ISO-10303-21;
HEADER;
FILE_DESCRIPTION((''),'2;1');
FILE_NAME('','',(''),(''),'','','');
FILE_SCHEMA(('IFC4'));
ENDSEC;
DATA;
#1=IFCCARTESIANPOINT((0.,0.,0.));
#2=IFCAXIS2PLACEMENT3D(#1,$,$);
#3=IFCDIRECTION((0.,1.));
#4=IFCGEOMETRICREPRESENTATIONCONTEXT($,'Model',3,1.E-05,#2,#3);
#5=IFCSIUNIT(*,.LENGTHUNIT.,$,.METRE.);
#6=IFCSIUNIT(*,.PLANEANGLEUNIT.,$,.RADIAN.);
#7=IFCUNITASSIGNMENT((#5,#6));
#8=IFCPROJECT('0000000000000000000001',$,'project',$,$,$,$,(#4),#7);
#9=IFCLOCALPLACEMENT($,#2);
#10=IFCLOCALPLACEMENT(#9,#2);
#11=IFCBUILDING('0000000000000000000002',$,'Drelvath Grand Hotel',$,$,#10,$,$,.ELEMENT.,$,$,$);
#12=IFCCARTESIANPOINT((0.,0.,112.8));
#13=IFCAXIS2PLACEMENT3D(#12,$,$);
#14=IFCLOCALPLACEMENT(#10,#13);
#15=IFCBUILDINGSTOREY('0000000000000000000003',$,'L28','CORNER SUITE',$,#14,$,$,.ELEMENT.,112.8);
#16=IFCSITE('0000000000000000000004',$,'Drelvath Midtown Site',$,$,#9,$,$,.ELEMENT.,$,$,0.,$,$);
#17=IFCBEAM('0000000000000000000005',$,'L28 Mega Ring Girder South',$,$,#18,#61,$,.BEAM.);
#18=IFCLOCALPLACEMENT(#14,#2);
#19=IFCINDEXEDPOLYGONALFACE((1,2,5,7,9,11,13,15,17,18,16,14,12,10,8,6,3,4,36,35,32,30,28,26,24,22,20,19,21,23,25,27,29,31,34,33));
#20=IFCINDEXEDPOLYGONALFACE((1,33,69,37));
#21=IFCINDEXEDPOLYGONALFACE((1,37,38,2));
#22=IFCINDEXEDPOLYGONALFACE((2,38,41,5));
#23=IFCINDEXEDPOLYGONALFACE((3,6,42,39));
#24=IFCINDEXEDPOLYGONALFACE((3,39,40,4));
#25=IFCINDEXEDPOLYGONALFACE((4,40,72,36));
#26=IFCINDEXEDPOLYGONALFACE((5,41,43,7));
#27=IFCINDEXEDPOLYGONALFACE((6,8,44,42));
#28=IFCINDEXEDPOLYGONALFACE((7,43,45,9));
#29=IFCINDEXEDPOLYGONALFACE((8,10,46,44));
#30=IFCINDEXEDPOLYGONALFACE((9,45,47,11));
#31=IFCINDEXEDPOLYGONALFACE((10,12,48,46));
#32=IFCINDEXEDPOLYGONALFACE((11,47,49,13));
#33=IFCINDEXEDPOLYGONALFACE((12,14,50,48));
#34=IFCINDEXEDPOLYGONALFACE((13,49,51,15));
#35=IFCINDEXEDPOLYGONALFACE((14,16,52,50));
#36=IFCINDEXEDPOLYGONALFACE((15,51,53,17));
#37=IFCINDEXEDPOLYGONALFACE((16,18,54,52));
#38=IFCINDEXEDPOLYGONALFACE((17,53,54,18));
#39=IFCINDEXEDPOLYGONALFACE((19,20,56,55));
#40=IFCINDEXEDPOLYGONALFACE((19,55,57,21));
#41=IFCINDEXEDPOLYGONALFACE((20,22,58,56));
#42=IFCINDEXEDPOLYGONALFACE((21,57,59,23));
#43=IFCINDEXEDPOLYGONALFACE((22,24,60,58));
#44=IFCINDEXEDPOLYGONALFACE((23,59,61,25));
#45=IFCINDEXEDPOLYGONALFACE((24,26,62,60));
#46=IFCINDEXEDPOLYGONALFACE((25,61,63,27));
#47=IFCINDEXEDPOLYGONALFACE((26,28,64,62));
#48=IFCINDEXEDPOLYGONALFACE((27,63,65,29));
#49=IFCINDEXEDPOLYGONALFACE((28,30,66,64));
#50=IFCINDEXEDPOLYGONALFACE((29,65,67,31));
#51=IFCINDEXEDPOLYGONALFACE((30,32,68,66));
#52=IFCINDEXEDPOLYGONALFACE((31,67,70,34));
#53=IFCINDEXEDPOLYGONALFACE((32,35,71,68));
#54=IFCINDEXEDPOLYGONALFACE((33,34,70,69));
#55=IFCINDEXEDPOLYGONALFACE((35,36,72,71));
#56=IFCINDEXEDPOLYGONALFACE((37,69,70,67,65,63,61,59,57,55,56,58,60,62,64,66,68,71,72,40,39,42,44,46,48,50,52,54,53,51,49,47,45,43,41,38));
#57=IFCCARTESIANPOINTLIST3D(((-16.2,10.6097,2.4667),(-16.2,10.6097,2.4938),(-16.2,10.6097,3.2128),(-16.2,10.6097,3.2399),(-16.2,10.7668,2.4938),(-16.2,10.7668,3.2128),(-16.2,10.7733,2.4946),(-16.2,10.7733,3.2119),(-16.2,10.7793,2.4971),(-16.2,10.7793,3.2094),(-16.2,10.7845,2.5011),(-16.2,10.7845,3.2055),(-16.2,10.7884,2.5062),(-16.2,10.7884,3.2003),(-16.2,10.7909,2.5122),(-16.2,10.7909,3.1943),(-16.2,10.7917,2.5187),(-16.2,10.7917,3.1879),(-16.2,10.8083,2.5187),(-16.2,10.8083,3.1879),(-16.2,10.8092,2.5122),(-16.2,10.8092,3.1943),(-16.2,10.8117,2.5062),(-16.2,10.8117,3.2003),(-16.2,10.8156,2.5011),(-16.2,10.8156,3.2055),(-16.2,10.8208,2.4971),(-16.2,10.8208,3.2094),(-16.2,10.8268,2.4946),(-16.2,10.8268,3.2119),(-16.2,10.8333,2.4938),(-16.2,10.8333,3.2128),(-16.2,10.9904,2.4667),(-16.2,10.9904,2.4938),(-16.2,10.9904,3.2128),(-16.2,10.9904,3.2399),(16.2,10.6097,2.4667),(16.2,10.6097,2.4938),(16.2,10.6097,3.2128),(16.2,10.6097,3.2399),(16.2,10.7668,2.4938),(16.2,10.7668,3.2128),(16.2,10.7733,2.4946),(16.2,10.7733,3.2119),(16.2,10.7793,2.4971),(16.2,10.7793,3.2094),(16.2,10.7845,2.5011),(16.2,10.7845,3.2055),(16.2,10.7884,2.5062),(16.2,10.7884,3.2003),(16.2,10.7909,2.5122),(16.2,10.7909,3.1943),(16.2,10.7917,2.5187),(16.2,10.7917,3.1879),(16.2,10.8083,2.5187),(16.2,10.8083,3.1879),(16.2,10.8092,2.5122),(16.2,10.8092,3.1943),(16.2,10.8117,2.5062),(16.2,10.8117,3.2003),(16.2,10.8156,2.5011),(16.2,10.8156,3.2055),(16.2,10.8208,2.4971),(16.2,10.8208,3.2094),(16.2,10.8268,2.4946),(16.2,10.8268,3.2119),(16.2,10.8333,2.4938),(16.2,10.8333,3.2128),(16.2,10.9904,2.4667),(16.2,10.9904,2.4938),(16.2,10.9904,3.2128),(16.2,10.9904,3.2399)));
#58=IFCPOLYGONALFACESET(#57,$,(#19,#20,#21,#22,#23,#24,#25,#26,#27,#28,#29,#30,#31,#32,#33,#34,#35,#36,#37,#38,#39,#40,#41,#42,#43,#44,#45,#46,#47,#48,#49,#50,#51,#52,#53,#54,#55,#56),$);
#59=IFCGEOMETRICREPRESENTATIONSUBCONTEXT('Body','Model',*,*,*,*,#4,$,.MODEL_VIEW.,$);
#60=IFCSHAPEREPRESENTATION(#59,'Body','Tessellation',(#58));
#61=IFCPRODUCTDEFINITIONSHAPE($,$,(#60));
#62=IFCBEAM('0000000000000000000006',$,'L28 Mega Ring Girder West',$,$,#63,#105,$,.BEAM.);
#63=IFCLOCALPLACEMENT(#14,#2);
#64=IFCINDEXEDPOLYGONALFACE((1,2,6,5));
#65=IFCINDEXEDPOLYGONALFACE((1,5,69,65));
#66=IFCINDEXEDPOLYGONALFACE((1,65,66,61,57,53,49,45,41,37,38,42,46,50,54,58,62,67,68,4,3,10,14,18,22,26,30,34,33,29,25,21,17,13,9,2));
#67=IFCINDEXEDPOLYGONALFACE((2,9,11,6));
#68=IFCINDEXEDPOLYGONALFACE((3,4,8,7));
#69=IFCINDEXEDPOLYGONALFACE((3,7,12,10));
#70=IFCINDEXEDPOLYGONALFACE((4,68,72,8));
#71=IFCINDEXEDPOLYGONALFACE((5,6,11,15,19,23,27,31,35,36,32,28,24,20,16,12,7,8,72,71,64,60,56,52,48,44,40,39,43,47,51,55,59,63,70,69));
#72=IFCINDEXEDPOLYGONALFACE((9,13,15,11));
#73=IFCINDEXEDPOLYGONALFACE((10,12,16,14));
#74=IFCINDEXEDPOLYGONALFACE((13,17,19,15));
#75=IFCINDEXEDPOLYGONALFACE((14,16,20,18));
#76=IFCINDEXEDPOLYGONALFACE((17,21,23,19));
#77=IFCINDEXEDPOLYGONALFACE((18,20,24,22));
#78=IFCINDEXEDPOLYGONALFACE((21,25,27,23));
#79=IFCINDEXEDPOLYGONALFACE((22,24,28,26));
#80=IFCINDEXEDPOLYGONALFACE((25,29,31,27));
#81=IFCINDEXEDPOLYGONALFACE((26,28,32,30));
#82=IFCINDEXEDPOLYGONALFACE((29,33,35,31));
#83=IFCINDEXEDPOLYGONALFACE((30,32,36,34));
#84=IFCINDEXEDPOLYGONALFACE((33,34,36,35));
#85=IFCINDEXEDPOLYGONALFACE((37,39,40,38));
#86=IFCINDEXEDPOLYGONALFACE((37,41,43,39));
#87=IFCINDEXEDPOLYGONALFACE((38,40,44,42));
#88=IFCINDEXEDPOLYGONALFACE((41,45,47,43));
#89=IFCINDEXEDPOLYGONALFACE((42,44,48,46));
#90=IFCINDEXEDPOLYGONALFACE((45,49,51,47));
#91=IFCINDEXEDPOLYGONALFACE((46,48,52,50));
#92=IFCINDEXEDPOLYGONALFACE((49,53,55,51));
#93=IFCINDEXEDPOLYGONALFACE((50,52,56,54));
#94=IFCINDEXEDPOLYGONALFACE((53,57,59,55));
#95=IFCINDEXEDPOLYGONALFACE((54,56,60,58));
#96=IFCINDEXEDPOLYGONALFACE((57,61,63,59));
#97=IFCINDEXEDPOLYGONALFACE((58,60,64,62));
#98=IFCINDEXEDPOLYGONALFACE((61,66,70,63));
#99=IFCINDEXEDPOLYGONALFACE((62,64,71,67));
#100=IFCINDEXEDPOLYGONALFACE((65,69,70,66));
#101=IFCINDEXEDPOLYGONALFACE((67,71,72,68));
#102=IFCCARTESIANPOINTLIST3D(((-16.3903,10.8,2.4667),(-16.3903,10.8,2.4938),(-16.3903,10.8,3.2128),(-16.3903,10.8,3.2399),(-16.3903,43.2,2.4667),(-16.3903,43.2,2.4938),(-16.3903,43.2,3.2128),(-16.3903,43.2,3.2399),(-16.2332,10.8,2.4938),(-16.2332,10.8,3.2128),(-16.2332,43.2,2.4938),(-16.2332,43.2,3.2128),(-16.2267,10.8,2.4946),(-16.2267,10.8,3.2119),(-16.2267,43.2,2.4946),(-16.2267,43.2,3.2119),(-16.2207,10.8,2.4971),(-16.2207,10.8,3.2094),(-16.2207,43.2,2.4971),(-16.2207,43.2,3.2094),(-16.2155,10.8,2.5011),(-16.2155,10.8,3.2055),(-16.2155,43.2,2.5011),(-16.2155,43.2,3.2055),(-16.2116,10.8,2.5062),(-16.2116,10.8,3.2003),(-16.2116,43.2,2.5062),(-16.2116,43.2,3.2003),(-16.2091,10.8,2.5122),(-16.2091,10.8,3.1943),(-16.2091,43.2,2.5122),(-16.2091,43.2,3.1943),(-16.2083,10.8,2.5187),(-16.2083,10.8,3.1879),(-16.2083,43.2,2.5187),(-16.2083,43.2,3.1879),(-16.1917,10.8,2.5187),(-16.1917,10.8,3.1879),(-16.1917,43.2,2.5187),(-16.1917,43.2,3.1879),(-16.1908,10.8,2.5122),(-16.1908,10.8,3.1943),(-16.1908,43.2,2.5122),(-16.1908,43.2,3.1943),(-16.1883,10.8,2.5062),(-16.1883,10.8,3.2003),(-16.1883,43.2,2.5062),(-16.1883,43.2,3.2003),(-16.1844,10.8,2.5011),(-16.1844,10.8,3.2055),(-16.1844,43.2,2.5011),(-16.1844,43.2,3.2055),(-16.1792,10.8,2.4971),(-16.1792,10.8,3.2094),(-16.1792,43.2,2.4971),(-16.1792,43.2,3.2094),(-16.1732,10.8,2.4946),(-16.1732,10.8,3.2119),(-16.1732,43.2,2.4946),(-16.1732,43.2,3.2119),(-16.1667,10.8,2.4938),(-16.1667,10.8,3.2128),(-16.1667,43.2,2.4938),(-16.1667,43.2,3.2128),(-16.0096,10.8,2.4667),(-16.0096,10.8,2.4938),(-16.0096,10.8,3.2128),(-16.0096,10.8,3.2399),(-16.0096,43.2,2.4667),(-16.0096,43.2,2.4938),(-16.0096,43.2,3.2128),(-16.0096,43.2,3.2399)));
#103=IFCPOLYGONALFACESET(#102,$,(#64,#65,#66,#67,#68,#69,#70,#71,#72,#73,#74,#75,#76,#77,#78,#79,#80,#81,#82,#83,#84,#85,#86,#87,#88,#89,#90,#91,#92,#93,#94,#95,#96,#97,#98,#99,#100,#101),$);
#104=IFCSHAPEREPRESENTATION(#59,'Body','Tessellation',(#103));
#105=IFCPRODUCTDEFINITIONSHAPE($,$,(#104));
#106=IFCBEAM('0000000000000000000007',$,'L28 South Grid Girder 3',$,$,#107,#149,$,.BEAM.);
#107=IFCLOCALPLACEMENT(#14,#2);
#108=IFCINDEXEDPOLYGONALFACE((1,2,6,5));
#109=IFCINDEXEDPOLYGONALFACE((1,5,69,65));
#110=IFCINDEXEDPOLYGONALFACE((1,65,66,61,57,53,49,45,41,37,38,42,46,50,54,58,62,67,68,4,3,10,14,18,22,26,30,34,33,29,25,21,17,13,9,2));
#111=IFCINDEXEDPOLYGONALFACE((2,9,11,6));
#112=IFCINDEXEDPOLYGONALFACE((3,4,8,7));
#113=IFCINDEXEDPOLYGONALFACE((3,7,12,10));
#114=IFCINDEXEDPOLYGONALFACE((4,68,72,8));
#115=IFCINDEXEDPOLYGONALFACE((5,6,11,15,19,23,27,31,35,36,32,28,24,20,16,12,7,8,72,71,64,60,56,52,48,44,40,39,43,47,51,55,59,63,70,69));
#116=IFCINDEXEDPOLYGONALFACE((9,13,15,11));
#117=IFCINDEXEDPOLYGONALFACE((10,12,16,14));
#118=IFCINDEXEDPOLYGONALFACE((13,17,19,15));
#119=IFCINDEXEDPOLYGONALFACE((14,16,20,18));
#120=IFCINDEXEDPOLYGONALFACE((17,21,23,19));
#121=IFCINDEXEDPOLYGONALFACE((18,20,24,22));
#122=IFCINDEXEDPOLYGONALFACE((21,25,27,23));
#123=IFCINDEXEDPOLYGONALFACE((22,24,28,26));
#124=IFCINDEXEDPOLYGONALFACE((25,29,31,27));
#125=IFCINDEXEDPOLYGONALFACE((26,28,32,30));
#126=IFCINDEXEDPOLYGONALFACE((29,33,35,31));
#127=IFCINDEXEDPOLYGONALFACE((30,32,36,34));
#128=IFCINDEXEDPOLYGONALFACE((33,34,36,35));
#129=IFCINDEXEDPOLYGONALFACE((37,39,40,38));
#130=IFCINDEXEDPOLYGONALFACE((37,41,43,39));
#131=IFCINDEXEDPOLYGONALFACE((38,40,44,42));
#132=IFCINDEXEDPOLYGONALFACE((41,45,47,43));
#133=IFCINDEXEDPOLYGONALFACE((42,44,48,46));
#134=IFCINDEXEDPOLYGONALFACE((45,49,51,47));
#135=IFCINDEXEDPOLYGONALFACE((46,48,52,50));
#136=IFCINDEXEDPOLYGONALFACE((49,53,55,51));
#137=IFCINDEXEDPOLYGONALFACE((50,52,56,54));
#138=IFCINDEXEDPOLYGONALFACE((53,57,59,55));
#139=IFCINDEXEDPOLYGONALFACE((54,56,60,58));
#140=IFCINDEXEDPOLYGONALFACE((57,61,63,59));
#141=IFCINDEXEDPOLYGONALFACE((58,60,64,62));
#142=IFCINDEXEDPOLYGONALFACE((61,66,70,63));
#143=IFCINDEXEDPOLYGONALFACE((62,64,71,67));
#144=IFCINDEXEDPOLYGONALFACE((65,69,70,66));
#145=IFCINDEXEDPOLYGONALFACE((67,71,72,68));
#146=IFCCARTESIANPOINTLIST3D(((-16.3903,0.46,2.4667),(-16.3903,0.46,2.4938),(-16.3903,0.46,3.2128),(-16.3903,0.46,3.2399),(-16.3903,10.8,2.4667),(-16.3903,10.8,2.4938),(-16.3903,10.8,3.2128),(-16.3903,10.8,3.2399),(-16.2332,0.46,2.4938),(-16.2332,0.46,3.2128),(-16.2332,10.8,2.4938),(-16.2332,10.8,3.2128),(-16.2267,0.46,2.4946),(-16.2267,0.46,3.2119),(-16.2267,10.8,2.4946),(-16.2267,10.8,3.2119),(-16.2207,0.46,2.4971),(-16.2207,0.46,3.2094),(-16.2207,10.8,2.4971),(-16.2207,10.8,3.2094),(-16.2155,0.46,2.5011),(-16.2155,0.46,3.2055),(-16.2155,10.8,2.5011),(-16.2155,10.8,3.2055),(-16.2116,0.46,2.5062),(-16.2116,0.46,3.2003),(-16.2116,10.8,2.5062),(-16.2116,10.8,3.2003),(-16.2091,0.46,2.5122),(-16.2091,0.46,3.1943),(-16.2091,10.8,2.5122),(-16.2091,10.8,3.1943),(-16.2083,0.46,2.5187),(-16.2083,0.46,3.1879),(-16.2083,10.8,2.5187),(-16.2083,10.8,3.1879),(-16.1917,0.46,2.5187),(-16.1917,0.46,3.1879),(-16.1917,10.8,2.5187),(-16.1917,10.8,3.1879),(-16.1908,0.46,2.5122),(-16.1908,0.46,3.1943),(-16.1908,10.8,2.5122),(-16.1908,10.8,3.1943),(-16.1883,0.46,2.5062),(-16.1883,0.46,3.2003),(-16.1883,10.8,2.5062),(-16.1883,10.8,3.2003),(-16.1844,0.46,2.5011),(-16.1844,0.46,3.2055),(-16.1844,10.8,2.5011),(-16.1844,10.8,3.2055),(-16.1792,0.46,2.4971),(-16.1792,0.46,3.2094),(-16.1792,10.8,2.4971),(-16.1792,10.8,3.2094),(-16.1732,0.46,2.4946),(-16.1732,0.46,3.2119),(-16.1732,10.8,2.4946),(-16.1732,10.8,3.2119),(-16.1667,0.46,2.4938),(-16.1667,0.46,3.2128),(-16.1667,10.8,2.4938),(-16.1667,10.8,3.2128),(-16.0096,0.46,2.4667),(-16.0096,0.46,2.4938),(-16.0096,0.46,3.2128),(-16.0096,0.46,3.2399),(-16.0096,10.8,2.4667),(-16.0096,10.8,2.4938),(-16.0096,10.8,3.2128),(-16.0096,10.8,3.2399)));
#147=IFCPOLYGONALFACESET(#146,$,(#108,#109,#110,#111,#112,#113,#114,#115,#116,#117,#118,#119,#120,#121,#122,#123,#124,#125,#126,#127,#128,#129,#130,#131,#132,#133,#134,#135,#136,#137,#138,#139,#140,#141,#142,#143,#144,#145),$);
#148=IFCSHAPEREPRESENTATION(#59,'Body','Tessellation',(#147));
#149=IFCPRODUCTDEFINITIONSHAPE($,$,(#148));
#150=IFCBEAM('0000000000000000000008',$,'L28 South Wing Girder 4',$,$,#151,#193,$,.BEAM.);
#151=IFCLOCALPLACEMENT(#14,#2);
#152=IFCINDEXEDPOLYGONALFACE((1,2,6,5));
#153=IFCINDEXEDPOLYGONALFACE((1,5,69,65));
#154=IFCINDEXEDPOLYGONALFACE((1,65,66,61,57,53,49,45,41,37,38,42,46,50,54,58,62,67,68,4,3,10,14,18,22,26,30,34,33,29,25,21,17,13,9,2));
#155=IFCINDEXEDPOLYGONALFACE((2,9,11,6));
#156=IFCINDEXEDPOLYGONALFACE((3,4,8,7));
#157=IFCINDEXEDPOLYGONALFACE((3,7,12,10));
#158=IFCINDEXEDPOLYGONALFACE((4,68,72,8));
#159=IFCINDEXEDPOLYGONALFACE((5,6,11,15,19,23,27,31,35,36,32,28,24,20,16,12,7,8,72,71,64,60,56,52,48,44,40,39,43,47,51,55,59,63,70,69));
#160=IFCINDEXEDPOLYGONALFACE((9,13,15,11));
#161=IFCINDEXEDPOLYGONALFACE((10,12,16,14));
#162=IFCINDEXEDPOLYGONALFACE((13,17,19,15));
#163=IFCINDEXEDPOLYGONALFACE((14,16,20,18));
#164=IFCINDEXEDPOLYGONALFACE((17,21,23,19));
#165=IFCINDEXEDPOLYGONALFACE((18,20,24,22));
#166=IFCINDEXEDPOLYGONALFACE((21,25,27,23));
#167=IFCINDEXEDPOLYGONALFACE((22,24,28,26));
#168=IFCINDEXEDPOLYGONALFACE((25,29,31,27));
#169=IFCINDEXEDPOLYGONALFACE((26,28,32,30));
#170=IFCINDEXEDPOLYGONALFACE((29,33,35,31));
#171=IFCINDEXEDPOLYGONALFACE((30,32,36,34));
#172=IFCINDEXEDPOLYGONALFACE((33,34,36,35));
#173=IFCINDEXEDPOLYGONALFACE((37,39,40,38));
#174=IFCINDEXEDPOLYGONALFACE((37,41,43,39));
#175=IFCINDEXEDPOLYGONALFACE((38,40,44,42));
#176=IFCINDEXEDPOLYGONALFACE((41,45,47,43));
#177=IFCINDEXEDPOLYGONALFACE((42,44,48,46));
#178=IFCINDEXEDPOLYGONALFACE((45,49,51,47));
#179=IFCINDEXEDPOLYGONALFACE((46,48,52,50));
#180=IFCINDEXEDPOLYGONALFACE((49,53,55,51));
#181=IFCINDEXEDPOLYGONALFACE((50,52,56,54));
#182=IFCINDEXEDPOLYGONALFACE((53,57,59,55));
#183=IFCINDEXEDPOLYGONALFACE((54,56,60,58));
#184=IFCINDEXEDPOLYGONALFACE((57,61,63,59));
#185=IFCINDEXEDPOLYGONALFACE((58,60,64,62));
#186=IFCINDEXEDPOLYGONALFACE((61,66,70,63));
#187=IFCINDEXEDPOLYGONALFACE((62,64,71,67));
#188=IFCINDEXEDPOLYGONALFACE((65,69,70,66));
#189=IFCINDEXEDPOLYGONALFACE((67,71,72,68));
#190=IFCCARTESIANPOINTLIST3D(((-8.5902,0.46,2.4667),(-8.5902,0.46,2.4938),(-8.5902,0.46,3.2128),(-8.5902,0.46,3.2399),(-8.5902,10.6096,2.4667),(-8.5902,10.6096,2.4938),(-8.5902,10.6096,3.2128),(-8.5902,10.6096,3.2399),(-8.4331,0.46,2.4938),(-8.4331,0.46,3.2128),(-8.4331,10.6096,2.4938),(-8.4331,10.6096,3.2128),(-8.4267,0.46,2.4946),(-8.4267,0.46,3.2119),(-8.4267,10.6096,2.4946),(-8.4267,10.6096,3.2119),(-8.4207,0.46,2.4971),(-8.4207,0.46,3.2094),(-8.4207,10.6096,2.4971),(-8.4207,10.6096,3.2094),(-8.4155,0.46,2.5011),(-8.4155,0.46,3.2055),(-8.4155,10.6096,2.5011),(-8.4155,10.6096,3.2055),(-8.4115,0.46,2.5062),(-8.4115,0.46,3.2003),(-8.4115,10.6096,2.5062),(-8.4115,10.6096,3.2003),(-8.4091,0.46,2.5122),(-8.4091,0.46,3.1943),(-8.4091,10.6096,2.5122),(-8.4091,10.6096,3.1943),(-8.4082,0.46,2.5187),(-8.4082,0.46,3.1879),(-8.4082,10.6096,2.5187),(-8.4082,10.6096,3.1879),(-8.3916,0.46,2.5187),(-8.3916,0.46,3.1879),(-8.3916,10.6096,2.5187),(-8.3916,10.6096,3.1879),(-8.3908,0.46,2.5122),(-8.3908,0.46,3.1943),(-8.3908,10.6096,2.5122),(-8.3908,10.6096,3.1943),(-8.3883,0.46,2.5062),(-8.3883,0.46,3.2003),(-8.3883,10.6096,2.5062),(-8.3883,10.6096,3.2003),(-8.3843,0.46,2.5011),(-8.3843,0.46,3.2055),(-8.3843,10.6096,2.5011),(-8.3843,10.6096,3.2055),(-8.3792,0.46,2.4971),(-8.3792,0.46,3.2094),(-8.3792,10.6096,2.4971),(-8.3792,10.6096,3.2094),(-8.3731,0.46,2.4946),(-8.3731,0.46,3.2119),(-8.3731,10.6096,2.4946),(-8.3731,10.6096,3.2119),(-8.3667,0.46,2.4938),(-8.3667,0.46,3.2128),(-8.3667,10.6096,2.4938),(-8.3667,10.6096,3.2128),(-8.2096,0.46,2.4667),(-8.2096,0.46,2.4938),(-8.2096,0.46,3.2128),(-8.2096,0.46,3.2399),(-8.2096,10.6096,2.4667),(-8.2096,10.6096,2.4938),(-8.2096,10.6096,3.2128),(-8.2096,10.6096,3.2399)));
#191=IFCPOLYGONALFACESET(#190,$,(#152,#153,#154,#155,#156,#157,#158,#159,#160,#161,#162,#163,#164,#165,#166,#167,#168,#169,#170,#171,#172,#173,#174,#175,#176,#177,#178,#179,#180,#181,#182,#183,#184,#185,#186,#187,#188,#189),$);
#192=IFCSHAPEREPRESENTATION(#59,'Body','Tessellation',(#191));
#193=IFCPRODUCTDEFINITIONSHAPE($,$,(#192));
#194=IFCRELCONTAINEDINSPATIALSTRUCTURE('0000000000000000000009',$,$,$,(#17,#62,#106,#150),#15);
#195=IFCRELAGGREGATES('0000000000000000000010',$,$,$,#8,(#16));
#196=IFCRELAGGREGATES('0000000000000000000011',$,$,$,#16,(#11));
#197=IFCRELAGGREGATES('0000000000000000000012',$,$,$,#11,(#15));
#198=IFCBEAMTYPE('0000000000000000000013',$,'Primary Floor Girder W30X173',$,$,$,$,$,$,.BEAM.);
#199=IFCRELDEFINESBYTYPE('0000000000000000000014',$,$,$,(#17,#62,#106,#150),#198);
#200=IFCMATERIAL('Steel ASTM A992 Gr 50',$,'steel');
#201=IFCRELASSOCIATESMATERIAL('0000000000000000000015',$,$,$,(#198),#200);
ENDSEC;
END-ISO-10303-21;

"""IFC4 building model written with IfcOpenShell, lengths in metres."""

from ifc_helpers import new_model, si_unit, direction, frame, origin, origin_2d, place, context, subcontext, project, spatial, i_section, extrude, material, material_profile, profile_set, type_object, element, save


model = new_model("IFC4")

# Units and contexts
model_context = context("Model", 3, precision=1e-05, world=origin(), true_north=direction((0.0, 1.0)))
body_context = subcontext(model_context, "Body", "Model", "MODEL_VIEW")
ifc_project = project(units=[si_unit("LENGTHUNIT", "METRE"), si_unit("PLANEANGLEUNIT", "RADIAN")], contexts=[model_context])

# Site, building, storey
site_placement = place(None, origin())
site = spatial("IfcSite", under=ifc_project, at=site_placement, Name="Drelvath Midtown Site", CompositionType="ELEMENT", RefElevation=0.0)
building_placement = place(site_placement, origin())
building = spatial("IfcBuilding", under=site, at=building_placement, Name="Drelvath Grand Hotel", CompositionType="ELEMENT")
storey_placement = place(building_placement, frame((0.0, 0.0, 112.8)))
storey = spatial("IfcBuildingStorey", under=building, at=storey_placement, Name="L28", Description="CORNER SUITE", CompositionType="ELEMENT", Elevation=112.8)

# Shared definitions
ifc_material_1 = material(Name="Steel ASTM A992 Gr 50", Category="steel")

# Beams
ifc_material_profile_1 = material_profile(ifc_material_1, i_section(OverallWidth=0.3806, OverallDepth=0.7732, WebThickness=0.0166, FlangeThickness=0.0271, FilletRadius=0.0249, at=origin_2d()), Name="W30X173")
ifc_profile_set_1 = profile_set([ifc_material_profile_1], Name="Steel ASTM A992 Gr 50")
beam_type_1 = type_object("IfcBeamType", Name="Primary Floor Girder W30X173", PredefinedType="BEAM", material=ifc_profile_set_1)
for number, where, z_axis, x_axis, name in (
    (1, (-16.2, 10.8, 2.8533), (1.0, 0.0, 0.0), (0.0, 1.0, 0.0), "L28 Mega Ring Girder South"),
    (2, (-16.2, 10.8, 2.8533), (0.0, 1.0, 0.0), (-1.0, 0.0, 0.0), "L28 Mega Ring Girder West"),
):
    element("IfcBeam", number, at=place(storey_placement, frame(where, z_axis=z_axis, x_axis=x_axis)), inside=storey, type_object=beam_type_1, Name=name, PredefinedType="BEAM", context=body_context, shape_type="SweptSolid", body=[
        extrude(i_section(OverallWidth=0.3806, OverallDepth=0.7732, WebThickness=0.0166, FlangeThickness=0.0271, FilletRadius=0.0249, at=origin_2d()), origin(), (0.0, 0.0, 1.0), 32.3999),
    ])
beam_1_placement = place(storey_placement, frame((-16.2, 0.46, 2.8533), z_axis=(0.0, 1.0, 0.0), x_axis=(-1.0, 0.0, 0.0)))
element("IfcBeam", 3, at=beam_1_placement, inside=storey, type_object=beam_type_1, Name="L28 South Grid Girder 3", PredefinedType="BEAM", context=body_context, shape_type="SweptSolid", body=[
    extrude(i_section(OverallWidth=0.3806, OverallDepth=0.7732, WebThickness=0.0166, FlangeThickness=0.0271, FilletRadius=0.0249, at=origin_2d()), origin(), (0.0, 0.0, 1.0), 10.3401),
])
beam_2_placement = place(storey_placement, frame((-8.3999, 0.46, 2.8533), z_axis=(0.0, 1.0, 0.0), x_axis=(-1.0, 0.0, 0.0)))
element("IfcBeam", 4, at=beam_2_placement, inside=storey, type_object=beam_type_1, Name="L28 South Wing Girder 4", PredefinedType="BEAM", context=body_context, shape_type="SweptSolid", body=[
    extrude(i_section(OverallWidth=0.3806, OverallDepth=0.7732, WebThickness=0.0166, FlangeThickness=0.0271, FilletRadius=0.0249, at=origin_2d()), origin(), (0.0, 0.0, 1.0), 10.1497),
])

save(model, "model.ifc")
